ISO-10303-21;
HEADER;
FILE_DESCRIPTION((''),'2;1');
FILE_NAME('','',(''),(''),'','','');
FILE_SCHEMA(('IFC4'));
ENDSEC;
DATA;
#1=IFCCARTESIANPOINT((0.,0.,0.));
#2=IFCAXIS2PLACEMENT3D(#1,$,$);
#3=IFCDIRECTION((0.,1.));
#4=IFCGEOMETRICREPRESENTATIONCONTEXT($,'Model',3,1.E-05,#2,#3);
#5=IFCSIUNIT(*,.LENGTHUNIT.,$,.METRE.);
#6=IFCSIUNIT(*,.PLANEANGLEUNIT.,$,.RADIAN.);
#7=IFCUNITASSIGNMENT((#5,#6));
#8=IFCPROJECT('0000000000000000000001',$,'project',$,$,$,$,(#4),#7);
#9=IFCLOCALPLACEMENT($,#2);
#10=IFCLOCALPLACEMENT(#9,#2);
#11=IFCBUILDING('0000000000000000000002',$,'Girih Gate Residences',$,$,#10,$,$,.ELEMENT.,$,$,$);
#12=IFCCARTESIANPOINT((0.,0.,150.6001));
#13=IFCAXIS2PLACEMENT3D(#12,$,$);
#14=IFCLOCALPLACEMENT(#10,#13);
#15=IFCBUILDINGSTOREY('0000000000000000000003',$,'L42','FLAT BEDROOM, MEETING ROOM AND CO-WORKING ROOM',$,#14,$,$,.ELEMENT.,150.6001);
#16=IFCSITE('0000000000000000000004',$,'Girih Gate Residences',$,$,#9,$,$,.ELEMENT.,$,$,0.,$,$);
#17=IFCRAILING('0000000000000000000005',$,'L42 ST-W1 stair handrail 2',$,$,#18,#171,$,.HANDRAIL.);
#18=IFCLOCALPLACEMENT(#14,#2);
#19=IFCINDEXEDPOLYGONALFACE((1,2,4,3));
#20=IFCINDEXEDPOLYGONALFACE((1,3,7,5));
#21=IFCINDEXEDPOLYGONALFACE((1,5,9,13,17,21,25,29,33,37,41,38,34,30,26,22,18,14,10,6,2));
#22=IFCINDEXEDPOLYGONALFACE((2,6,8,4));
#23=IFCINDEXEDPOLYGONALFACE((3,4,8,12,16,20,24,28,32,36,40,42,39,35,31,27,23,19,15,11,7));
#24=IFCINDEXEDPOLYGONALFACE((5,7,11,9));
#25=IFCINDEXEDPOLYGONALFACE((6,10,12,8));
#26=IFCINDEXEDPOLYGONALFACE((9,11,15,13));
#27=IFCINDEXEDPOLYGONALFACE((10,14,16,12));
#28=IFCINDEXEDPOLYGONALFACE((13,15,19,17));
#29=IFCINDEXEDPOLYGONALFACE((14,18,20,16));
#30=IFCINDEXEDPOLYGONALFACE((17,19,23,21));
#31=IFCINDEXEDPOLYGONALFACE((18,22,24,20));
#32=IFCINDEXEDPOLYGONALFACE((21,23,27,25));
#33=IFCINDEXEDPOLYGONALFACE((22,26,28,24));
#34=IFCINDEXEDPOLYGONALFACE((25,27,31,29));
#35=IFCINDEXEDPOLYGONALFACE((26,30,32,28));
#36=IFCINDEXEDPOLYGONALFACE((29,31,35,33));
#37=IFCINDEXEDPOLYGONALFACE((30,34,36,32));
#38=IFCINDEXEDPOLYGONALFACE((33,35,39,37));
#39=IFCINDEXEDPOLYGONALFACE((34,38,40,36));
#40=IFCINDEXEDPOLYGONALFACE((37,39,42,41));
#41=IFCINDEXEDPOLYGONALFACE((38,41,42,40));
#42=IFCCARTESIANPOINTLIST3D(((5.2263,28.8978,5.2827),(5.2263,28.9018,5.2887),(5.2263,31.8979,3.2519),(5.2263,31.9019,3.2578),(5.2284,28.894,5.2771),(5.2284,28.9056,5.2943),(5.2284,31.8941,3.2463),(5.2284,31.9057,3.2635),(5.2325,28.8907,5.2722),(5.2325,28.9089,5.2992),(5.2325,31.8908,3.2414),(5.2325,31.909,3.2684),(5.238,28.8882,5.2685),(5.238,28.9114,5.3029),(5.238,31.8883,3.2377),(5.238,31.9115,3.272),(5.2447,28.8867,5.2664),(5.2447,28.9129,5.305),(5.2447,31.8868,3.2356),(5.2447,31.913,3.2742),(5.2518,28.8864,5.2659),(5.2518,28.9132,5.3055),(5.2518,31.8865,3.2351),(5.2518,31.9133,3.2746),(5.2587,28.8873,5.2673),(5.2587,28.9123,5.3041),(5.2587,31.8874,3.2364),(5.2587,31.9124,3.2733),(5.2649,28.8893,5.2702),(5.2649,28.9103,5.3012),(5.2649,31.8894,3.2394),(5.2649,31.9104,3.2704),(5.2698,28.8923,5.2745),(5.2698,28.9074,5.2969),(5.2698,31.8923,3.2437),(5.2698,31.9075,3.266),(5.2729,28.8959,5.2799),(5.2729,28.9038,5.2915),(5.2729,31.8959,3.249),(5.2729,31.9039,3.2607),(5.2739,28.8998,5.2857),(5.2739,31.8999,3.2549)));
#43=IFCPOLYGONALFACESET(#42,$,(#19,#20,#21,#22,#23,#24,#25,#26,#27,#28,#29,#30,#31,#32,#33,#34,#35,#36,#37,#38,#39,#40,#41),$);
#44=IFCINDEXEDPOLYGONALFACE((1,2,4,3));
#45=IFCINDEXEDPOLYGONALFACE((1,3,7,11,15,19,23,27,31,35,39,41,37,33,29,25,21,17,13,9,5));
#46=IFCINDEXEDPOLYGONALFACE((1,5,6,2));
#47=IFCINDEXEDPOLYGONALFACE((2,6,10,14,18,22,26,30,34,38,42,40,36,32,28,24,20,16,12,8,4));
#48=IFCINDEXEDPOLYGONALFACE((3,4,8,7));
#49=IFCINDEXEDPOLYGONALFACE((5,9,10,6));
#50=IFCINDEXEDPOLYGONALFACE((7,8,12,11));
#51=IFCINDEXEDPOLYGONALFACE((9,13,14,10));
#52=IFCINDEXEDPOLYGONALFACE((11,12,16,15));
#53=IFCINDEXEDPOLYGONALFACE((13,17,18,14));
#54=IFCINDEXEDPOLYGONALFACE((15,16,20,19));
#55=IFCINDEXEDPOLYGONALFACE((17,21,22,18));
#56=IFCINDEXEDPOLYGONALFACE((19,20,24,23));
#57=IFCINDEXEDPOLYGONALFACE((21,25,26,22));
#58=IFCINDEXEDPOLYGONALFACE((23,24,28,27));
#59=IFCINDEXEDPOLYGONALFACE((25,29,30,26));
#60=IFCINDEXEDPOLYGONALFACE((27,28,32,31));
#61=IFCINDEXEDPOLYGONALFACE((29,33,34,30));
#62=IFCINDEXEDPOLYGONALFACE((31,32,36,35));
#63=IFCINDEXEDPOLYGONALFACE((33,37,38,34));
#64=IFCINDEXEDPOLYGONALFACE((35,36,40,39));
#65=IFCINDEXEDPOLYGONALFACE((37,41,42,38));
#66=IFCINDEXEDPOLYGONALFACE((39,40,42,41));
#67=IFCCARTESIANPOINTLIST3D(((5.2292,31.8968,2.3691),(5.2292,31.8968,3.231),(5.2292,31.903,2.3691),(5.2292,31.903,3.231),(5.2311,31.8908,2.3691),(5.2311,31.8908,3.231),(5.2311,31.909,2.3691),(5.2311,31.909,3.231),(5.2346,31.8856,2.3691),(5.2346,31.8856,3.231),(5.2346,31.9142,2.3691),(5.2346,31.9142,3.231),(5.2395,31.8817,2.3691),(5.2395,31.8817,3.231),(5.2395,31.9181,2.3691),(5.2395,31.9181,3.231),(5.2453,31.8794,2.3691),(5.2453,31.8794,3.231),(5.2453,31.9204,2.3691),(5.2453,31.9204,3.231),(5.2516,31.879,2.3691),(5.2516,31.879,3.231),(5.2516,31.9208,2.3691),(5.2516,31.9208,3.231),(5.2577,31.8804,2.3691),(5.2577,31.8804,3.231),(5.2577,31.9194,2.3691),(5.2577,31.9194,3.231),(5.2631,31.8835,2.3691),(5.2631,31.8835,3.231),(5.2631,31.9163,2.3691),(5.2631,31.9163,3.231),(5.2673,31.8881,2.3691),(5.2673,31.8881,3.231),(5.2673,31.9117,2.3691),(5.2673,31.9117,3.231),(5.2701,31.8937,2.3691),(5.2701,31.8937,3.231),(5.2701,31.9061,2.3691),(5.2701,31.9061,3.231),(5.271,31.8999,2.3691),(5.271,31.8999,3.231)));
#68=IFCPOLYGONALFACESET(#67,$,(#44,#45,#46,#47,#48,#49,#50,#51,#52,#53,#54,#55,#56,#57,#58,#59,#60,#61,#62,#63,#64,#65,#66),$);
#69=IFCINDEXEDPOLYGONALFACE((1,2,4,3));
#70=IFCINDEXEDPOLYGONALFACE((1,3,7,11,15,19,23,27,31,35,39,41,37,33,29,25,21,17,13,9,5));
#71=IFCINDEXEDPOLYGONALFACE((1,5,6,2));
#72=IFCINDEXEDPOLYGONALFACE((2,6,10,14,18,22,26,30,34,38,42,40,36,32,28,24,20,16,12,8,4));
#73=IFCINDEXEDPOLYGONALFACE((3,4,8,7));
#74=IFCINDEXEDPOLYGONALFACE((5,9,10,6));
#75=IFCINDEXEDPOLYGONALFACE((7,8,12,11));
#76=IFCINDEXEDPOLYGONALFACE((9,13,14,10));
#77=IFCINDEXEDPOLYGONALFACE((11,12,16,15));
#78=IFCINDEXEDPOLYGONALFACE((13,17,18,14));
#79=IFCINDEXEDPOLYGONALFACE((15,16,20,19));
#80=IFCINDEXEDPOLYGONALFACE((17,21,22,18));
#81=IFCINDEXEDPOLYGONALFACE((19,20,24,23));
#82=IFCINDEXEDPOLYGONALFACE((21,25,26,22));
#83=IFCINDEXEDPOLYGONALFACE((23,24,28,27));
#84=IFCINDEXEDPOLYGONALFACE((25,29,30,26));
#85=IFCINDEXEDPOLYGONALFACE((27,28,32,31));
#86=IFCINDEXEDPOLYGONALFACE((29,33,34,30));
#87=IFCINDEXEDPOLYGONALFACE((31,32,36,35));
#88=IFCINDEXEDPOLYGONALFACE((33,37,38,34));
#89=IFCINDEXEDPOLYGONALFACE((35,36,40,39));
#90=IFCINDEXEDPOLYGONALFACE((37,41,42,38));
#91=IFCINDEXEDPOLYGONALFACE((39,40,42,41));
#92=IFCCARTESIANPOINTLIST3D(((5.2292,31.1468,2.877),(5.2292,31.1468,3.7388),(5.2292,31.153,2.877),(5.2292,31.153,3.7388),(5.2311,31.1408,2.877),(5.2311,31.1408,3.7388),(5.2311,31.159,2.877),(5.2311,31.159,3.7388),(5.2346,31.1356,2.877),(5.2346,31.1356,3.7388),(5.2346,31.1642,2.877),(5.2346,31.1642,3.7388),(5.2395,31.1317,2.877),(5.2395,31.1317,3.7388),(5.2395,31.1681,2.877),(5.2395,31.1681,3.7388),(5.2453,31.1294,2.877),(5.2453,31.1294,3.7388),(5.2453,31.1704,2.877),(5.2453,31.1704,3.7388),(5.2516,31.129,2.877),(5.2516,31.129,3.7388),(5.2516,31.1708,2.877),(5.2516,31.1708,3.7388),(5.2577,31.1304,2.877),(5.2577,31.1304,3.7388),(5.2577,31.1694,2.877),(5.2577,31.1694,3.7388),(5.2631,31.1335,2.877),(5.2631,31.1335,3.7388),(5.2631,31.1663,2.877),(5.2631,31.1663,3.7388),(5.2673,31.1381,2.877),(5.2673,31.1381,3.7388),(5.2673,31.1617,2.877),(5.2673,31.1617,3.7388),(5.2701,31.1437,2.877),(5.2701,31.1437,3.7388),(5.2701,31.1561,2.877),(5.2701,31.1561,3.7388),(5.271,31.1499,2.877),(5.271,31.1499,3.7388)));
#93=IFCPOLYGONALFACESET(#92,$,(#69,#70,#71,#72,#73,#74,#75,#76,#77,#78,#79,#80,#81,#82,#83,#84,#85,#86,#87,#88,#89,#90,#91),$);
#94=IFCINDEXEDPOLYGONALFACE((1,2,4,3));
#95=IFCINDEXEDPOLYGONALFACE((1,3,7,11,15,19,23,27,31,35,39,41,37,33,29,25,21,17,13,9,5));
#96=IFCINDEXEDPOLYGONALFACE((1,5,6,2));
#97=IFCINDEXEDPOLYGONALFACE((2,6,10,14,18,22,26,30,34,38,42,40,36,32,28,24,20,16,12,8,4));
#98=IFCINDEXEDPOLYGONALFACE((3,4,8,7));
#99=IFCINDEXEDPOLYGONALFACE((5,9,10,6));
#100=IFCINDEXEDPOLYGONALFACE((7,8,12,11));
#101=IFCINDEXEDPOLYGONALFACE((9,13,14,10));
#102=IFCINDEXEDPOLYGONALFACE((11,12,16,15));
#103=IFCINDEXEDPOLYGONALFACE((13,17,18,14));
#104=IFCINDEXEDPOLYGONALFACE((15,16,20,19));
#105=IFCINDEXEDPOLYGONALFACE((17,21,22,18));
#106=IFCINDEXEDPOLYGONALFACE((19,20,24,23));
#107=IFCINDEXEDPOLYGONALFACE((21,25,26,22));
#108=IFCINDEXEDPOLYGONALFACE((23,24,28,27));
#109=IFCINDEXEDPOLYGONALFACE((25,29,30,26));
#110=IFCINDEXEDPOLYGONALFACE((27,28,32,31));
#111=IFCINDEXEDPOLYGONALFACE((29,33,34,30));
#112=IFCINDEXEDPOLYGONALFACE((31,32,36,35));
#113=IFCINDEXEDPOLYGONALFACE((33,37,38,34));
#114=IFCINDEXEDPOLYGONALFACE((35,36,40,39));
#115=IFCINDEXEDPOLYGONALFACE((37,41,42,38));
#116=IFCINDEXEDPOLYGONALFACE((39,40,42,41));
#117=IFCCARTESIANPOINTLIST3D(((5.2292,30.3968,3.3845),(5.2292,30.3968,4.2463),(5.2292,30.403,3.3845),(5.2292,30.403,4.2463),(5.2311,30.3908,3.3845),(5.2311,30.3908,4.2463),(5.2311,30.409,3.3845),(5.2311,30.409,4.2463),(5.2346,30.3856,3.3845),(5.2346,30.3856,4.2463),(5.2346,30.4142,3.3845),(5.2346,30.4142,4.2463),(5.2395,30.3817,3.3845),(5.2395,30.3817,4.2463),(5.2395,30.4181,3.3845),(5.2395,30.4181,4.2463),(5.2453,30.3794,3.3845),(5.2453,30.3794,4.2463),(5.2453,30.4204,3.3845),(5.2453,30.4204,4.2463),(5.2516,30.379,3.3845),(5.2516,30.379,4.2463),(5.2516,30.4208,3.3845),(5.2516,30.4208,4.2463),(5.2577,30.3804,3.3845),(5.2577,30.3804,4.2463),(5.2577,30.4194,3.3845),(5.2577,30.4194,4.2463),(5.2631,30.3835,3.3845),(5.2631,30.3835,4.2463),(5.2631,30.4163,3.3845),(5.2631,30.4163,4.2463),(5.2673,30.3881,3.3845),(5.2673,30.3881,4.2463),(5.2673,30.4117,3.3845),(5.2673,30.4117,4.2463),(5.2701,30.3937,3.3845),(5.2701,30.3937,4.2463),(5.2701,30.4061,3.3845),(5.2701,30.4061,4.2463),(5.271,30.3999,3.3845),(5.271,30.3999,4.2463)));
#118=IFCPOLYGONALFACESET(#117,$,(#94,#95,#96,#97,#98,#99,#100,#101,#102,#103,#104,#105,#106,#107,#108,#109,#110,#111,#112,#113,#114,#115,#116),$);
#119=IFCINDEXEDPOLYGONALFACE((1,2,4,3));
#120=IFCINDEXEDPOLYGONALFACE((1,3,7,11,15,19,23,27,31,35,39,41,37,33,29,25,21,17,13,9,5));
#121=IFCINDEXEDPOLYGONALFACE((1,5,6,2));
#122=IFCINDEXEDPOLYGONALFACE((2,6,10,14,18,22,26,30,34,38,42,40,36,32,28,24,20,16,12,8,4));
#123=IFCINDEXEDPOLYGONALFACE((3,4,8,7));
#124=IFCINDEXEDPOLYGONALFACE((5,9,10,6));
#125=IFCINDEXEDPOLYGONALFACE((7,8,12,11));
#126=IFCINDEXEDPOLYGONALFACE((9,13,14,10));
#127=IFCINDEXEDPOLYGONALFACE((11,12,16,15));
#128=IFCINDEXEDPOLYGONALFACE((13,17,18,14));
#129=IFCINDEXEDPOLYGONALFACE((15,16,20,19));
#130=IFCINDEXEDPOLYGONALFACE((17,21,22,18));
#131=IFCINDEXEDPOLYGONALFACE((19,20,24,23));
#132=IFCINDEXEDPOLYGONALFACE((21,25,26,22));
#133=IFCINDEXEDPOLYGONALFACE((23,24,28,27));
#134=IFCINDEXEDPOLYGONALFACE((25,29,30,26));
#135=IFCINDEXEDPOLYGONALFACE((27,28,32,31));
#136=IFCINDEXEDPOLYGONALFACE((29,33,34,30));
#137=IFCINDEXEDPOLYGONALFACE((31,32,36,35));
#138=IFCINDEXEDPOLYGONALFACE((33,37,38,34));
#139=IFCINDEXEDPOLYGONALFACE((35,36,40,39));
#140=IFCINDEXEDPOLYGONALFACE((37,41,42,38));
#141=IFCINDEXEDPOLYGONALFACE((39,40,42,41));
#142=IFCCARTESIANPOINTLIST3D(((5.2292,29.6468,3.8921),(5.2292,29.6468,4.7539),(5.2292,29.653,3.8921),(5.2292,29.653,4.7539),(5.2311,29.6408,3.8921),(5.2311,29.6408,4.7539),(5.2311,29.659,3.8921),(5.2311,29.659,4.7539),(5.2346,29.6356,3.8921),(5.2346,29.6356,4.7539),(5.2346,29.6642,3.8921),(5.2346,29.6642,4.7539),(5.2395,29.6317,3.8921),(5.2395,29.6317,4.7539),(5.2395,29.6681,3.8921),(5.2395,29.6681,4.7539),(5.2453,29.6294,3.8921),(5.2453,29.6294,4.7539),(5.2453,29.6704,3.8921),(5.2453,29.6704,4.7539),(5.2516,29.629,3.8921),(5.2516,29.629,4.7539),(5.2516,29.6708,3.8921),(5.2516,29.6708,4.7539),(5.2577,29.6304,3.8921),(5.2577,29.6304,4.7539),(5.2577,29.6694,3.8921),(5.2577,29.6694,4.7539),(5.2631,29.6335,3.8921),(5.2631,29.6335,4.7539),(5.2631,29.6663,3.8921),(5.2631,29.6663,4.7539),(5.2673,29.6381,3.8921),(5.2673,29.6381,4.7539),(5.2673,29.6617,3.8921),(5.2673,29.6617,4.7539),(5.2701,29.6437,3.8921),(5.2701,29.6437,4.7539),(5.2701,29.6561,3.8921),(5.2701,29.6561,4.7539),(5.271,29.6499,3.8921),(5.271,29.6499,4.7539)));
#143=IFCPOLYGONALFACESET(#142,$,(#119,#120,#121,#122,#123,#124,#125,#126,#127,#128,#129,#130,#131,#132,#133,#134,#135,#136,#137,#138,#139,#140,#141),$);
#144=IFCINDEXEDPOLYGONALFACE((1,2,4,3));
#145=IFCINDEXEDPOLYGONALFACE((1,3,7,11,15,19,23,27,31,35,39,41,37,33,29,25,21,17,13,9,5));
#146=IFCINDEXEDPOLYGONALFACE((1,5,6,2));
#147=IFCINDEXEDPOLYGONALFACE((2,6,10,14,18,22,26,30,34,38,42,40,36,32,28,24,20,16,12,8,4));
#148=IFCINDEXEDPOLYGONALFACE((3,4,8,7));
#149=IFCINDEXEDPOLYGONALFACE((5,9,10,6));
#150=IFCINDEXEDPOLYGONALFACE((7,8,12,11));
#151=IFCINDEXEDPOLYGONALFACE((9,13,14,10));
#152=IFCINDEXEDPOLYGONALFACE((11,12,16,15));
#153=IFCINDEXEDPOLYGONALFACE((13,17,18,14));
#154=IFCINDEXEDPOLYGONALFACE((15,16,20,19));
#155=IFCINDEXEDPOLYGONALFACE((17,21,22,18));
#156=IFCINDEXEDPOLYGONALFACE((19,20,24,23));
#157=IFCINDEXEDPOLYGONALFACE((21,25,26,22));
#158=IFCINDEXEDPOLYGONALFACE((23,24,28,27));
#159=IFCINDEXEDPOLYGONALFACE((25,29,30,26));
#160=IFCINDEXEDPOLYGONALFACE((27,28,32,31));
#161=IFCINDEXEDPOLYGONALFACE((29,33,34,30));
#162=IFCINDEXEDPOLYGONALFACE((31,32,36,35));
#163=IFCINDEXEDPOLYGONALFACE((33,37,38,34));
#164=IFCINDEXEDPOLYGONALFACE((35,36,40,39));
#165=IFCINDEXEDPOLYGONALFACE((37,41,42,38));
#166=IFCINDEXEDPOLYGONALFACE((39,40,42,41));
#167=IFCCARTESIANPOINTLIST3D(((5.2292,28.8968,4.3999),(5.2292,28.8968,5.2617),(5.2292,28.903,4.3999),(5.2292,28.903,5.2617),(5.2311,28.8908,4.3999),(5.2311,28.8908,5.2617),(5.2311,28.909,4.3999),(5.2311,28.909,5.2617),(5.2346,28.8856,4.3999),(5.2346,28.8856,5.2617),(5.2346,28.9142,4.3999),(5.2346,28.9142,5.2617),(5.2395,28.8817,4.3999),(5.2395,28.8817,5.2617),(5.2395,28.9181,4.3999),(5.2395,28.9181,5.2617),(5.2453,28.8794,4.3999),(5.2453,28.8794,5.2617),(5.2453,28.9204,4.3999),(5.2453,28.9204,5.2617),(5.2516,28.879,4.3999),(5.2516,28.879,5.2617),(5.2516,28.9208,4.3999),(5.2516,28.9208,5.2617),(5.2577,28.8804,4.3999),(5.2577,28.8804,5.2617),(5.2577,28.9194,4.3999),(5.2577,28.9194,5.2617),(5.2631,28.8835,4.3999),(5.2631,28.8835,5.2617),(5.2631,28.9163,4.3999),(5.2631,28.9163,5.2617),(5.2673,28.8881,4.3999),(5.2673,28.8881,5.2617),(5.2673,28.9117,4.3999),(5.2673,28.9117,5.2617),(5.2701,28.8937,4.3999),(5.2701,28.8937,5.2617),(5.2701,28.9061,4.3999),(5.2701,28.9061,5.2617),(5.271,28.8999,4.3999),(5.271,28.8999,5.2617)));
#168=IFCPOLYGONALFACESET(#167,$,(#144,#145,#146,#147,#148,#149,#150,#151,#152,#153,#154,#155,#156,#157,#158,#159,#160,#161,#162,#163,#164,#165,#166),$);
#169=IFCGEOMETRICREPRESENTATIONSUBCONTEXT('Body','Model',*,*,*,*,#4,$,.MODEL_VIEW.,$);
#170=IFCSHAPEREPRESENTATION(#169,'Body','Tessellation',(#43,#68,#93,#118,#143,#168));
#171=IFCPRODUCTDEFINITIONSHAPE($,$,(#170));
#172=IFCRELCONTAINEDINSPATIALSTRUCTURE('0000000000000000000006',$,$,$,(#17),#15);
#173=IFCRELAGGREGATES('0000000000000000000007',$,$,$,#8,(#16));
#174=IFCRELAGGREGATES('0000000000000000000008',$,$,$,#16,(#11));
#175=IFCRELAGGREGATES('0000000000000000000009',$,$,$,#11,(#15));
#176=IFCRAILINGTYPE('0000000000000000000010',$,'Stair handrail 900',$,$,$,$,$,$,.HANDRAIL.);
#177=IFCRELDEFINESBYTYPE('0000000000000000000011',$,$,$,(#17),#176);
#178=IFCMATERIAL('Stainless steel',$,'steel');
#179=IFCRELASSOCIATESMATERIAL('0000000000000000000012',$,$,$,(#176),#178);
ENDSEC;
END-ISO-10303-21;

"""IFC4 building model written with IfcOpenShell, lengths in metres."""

from ifc_helpers import new_model, si_unit, direction, frame, origin, origin_2d, place, context, subcontext, project, spatial, circle, extrude, material, type_object, element, save


model = new_model("IFC4")

# Units and contexts
model_context = context("Model", 3, precision=1e-05, world=origin(), true_north=direction((0.0, 1.0)))
body_context = subcontext(model_context, "Body", "Model", "MODEL_VIEW")
ifc_project = project(units=[si_unit("LENGTHUNIT", "METRE"), si_unit("PLANEANGLEUNIT", "RADIAN")], contexts=[model_context])

# Site, building, storey
site_placement = place(None, origin())
site = spatial("IfcSite", under=ifc_project, at=site_placement, Name="Girih Gate Residences", CompositionType="ELEMENT", RefElevation=0.0)
building_placement = place(site_placement, origin())
building = spatial("IfcBuilding", under=site, at=building_placement, Name="Girih Gate Residences", CompositionType="ELEMENT")
storey_placement = place(building_placement, frame((0.0, 0.0, 150.6001)))
storey = spatial("IfcBuildingStorey", under=building, at=storey_placement, Name="L42", Description="FLAT BEDROOM, MEETING ROOM AND CO-WORKING ROOM", CompositionType="ELEMENT", Elevation=150.6001)

# Shared definitions
ifc_material_1 = material(Name="Stainless steel", Category="steel")

# Railing
railing_type_1 = type_object("IfcRailingType", Name="Stair handrail 900", PredefinedType="HANDRAIL", material=ifc_material_1)
railing_1_placement = place(storey_placement, frame((5.25, 31.8999, 2.3691)))
element("IfcRailing", 1, at=railing_1_placement, inside=storey, type_object=railing_type_1, Name="L42 ST-W1 stair handrail 2", PredefinedType="HANDRAIL", context=body_context, shape_type="SweptSolid", body=[
    extrude(circle(Radius=0.0239, at=origin_2d()), frame((0.0, 0.0, 0.8857), z_axis=(0.0, -0.82811, 0.560565), x_axis=(1.0, 0.0, 0.0)), (0.0, 0.0, 1.0), 3.6228),
    extrude(circle(Radius=0.021, at=origin_2d()), origin(), (0.0, 0.0, 1.0), 0.8618),
    extrude(circle(Radius=0.021, at=origin_2d()), frame((0.0, -0.75, 0.5078)), (0.0, 0.0, 1.0), 0.8618),
    extrude(circle(Radius=0.021, at=origin_2d()), frame((0.0, -1.5, 1.0154)), (0.0, 0.0, 1.0), 0.8618),
    extrude(circle(Radius=0.021, at=origin_2d()), frame((0.0, -2.25, 1.5229)), (0.0, 0.0, 1.0), 0.8618),
    extrude(circle(Radius=0.021, at=origin_2d()), frame((0.0, -3.0, 2.0308)), (0.0, 0.0, 1.0), 0.8618),
])

save(model, "model.ifc")
